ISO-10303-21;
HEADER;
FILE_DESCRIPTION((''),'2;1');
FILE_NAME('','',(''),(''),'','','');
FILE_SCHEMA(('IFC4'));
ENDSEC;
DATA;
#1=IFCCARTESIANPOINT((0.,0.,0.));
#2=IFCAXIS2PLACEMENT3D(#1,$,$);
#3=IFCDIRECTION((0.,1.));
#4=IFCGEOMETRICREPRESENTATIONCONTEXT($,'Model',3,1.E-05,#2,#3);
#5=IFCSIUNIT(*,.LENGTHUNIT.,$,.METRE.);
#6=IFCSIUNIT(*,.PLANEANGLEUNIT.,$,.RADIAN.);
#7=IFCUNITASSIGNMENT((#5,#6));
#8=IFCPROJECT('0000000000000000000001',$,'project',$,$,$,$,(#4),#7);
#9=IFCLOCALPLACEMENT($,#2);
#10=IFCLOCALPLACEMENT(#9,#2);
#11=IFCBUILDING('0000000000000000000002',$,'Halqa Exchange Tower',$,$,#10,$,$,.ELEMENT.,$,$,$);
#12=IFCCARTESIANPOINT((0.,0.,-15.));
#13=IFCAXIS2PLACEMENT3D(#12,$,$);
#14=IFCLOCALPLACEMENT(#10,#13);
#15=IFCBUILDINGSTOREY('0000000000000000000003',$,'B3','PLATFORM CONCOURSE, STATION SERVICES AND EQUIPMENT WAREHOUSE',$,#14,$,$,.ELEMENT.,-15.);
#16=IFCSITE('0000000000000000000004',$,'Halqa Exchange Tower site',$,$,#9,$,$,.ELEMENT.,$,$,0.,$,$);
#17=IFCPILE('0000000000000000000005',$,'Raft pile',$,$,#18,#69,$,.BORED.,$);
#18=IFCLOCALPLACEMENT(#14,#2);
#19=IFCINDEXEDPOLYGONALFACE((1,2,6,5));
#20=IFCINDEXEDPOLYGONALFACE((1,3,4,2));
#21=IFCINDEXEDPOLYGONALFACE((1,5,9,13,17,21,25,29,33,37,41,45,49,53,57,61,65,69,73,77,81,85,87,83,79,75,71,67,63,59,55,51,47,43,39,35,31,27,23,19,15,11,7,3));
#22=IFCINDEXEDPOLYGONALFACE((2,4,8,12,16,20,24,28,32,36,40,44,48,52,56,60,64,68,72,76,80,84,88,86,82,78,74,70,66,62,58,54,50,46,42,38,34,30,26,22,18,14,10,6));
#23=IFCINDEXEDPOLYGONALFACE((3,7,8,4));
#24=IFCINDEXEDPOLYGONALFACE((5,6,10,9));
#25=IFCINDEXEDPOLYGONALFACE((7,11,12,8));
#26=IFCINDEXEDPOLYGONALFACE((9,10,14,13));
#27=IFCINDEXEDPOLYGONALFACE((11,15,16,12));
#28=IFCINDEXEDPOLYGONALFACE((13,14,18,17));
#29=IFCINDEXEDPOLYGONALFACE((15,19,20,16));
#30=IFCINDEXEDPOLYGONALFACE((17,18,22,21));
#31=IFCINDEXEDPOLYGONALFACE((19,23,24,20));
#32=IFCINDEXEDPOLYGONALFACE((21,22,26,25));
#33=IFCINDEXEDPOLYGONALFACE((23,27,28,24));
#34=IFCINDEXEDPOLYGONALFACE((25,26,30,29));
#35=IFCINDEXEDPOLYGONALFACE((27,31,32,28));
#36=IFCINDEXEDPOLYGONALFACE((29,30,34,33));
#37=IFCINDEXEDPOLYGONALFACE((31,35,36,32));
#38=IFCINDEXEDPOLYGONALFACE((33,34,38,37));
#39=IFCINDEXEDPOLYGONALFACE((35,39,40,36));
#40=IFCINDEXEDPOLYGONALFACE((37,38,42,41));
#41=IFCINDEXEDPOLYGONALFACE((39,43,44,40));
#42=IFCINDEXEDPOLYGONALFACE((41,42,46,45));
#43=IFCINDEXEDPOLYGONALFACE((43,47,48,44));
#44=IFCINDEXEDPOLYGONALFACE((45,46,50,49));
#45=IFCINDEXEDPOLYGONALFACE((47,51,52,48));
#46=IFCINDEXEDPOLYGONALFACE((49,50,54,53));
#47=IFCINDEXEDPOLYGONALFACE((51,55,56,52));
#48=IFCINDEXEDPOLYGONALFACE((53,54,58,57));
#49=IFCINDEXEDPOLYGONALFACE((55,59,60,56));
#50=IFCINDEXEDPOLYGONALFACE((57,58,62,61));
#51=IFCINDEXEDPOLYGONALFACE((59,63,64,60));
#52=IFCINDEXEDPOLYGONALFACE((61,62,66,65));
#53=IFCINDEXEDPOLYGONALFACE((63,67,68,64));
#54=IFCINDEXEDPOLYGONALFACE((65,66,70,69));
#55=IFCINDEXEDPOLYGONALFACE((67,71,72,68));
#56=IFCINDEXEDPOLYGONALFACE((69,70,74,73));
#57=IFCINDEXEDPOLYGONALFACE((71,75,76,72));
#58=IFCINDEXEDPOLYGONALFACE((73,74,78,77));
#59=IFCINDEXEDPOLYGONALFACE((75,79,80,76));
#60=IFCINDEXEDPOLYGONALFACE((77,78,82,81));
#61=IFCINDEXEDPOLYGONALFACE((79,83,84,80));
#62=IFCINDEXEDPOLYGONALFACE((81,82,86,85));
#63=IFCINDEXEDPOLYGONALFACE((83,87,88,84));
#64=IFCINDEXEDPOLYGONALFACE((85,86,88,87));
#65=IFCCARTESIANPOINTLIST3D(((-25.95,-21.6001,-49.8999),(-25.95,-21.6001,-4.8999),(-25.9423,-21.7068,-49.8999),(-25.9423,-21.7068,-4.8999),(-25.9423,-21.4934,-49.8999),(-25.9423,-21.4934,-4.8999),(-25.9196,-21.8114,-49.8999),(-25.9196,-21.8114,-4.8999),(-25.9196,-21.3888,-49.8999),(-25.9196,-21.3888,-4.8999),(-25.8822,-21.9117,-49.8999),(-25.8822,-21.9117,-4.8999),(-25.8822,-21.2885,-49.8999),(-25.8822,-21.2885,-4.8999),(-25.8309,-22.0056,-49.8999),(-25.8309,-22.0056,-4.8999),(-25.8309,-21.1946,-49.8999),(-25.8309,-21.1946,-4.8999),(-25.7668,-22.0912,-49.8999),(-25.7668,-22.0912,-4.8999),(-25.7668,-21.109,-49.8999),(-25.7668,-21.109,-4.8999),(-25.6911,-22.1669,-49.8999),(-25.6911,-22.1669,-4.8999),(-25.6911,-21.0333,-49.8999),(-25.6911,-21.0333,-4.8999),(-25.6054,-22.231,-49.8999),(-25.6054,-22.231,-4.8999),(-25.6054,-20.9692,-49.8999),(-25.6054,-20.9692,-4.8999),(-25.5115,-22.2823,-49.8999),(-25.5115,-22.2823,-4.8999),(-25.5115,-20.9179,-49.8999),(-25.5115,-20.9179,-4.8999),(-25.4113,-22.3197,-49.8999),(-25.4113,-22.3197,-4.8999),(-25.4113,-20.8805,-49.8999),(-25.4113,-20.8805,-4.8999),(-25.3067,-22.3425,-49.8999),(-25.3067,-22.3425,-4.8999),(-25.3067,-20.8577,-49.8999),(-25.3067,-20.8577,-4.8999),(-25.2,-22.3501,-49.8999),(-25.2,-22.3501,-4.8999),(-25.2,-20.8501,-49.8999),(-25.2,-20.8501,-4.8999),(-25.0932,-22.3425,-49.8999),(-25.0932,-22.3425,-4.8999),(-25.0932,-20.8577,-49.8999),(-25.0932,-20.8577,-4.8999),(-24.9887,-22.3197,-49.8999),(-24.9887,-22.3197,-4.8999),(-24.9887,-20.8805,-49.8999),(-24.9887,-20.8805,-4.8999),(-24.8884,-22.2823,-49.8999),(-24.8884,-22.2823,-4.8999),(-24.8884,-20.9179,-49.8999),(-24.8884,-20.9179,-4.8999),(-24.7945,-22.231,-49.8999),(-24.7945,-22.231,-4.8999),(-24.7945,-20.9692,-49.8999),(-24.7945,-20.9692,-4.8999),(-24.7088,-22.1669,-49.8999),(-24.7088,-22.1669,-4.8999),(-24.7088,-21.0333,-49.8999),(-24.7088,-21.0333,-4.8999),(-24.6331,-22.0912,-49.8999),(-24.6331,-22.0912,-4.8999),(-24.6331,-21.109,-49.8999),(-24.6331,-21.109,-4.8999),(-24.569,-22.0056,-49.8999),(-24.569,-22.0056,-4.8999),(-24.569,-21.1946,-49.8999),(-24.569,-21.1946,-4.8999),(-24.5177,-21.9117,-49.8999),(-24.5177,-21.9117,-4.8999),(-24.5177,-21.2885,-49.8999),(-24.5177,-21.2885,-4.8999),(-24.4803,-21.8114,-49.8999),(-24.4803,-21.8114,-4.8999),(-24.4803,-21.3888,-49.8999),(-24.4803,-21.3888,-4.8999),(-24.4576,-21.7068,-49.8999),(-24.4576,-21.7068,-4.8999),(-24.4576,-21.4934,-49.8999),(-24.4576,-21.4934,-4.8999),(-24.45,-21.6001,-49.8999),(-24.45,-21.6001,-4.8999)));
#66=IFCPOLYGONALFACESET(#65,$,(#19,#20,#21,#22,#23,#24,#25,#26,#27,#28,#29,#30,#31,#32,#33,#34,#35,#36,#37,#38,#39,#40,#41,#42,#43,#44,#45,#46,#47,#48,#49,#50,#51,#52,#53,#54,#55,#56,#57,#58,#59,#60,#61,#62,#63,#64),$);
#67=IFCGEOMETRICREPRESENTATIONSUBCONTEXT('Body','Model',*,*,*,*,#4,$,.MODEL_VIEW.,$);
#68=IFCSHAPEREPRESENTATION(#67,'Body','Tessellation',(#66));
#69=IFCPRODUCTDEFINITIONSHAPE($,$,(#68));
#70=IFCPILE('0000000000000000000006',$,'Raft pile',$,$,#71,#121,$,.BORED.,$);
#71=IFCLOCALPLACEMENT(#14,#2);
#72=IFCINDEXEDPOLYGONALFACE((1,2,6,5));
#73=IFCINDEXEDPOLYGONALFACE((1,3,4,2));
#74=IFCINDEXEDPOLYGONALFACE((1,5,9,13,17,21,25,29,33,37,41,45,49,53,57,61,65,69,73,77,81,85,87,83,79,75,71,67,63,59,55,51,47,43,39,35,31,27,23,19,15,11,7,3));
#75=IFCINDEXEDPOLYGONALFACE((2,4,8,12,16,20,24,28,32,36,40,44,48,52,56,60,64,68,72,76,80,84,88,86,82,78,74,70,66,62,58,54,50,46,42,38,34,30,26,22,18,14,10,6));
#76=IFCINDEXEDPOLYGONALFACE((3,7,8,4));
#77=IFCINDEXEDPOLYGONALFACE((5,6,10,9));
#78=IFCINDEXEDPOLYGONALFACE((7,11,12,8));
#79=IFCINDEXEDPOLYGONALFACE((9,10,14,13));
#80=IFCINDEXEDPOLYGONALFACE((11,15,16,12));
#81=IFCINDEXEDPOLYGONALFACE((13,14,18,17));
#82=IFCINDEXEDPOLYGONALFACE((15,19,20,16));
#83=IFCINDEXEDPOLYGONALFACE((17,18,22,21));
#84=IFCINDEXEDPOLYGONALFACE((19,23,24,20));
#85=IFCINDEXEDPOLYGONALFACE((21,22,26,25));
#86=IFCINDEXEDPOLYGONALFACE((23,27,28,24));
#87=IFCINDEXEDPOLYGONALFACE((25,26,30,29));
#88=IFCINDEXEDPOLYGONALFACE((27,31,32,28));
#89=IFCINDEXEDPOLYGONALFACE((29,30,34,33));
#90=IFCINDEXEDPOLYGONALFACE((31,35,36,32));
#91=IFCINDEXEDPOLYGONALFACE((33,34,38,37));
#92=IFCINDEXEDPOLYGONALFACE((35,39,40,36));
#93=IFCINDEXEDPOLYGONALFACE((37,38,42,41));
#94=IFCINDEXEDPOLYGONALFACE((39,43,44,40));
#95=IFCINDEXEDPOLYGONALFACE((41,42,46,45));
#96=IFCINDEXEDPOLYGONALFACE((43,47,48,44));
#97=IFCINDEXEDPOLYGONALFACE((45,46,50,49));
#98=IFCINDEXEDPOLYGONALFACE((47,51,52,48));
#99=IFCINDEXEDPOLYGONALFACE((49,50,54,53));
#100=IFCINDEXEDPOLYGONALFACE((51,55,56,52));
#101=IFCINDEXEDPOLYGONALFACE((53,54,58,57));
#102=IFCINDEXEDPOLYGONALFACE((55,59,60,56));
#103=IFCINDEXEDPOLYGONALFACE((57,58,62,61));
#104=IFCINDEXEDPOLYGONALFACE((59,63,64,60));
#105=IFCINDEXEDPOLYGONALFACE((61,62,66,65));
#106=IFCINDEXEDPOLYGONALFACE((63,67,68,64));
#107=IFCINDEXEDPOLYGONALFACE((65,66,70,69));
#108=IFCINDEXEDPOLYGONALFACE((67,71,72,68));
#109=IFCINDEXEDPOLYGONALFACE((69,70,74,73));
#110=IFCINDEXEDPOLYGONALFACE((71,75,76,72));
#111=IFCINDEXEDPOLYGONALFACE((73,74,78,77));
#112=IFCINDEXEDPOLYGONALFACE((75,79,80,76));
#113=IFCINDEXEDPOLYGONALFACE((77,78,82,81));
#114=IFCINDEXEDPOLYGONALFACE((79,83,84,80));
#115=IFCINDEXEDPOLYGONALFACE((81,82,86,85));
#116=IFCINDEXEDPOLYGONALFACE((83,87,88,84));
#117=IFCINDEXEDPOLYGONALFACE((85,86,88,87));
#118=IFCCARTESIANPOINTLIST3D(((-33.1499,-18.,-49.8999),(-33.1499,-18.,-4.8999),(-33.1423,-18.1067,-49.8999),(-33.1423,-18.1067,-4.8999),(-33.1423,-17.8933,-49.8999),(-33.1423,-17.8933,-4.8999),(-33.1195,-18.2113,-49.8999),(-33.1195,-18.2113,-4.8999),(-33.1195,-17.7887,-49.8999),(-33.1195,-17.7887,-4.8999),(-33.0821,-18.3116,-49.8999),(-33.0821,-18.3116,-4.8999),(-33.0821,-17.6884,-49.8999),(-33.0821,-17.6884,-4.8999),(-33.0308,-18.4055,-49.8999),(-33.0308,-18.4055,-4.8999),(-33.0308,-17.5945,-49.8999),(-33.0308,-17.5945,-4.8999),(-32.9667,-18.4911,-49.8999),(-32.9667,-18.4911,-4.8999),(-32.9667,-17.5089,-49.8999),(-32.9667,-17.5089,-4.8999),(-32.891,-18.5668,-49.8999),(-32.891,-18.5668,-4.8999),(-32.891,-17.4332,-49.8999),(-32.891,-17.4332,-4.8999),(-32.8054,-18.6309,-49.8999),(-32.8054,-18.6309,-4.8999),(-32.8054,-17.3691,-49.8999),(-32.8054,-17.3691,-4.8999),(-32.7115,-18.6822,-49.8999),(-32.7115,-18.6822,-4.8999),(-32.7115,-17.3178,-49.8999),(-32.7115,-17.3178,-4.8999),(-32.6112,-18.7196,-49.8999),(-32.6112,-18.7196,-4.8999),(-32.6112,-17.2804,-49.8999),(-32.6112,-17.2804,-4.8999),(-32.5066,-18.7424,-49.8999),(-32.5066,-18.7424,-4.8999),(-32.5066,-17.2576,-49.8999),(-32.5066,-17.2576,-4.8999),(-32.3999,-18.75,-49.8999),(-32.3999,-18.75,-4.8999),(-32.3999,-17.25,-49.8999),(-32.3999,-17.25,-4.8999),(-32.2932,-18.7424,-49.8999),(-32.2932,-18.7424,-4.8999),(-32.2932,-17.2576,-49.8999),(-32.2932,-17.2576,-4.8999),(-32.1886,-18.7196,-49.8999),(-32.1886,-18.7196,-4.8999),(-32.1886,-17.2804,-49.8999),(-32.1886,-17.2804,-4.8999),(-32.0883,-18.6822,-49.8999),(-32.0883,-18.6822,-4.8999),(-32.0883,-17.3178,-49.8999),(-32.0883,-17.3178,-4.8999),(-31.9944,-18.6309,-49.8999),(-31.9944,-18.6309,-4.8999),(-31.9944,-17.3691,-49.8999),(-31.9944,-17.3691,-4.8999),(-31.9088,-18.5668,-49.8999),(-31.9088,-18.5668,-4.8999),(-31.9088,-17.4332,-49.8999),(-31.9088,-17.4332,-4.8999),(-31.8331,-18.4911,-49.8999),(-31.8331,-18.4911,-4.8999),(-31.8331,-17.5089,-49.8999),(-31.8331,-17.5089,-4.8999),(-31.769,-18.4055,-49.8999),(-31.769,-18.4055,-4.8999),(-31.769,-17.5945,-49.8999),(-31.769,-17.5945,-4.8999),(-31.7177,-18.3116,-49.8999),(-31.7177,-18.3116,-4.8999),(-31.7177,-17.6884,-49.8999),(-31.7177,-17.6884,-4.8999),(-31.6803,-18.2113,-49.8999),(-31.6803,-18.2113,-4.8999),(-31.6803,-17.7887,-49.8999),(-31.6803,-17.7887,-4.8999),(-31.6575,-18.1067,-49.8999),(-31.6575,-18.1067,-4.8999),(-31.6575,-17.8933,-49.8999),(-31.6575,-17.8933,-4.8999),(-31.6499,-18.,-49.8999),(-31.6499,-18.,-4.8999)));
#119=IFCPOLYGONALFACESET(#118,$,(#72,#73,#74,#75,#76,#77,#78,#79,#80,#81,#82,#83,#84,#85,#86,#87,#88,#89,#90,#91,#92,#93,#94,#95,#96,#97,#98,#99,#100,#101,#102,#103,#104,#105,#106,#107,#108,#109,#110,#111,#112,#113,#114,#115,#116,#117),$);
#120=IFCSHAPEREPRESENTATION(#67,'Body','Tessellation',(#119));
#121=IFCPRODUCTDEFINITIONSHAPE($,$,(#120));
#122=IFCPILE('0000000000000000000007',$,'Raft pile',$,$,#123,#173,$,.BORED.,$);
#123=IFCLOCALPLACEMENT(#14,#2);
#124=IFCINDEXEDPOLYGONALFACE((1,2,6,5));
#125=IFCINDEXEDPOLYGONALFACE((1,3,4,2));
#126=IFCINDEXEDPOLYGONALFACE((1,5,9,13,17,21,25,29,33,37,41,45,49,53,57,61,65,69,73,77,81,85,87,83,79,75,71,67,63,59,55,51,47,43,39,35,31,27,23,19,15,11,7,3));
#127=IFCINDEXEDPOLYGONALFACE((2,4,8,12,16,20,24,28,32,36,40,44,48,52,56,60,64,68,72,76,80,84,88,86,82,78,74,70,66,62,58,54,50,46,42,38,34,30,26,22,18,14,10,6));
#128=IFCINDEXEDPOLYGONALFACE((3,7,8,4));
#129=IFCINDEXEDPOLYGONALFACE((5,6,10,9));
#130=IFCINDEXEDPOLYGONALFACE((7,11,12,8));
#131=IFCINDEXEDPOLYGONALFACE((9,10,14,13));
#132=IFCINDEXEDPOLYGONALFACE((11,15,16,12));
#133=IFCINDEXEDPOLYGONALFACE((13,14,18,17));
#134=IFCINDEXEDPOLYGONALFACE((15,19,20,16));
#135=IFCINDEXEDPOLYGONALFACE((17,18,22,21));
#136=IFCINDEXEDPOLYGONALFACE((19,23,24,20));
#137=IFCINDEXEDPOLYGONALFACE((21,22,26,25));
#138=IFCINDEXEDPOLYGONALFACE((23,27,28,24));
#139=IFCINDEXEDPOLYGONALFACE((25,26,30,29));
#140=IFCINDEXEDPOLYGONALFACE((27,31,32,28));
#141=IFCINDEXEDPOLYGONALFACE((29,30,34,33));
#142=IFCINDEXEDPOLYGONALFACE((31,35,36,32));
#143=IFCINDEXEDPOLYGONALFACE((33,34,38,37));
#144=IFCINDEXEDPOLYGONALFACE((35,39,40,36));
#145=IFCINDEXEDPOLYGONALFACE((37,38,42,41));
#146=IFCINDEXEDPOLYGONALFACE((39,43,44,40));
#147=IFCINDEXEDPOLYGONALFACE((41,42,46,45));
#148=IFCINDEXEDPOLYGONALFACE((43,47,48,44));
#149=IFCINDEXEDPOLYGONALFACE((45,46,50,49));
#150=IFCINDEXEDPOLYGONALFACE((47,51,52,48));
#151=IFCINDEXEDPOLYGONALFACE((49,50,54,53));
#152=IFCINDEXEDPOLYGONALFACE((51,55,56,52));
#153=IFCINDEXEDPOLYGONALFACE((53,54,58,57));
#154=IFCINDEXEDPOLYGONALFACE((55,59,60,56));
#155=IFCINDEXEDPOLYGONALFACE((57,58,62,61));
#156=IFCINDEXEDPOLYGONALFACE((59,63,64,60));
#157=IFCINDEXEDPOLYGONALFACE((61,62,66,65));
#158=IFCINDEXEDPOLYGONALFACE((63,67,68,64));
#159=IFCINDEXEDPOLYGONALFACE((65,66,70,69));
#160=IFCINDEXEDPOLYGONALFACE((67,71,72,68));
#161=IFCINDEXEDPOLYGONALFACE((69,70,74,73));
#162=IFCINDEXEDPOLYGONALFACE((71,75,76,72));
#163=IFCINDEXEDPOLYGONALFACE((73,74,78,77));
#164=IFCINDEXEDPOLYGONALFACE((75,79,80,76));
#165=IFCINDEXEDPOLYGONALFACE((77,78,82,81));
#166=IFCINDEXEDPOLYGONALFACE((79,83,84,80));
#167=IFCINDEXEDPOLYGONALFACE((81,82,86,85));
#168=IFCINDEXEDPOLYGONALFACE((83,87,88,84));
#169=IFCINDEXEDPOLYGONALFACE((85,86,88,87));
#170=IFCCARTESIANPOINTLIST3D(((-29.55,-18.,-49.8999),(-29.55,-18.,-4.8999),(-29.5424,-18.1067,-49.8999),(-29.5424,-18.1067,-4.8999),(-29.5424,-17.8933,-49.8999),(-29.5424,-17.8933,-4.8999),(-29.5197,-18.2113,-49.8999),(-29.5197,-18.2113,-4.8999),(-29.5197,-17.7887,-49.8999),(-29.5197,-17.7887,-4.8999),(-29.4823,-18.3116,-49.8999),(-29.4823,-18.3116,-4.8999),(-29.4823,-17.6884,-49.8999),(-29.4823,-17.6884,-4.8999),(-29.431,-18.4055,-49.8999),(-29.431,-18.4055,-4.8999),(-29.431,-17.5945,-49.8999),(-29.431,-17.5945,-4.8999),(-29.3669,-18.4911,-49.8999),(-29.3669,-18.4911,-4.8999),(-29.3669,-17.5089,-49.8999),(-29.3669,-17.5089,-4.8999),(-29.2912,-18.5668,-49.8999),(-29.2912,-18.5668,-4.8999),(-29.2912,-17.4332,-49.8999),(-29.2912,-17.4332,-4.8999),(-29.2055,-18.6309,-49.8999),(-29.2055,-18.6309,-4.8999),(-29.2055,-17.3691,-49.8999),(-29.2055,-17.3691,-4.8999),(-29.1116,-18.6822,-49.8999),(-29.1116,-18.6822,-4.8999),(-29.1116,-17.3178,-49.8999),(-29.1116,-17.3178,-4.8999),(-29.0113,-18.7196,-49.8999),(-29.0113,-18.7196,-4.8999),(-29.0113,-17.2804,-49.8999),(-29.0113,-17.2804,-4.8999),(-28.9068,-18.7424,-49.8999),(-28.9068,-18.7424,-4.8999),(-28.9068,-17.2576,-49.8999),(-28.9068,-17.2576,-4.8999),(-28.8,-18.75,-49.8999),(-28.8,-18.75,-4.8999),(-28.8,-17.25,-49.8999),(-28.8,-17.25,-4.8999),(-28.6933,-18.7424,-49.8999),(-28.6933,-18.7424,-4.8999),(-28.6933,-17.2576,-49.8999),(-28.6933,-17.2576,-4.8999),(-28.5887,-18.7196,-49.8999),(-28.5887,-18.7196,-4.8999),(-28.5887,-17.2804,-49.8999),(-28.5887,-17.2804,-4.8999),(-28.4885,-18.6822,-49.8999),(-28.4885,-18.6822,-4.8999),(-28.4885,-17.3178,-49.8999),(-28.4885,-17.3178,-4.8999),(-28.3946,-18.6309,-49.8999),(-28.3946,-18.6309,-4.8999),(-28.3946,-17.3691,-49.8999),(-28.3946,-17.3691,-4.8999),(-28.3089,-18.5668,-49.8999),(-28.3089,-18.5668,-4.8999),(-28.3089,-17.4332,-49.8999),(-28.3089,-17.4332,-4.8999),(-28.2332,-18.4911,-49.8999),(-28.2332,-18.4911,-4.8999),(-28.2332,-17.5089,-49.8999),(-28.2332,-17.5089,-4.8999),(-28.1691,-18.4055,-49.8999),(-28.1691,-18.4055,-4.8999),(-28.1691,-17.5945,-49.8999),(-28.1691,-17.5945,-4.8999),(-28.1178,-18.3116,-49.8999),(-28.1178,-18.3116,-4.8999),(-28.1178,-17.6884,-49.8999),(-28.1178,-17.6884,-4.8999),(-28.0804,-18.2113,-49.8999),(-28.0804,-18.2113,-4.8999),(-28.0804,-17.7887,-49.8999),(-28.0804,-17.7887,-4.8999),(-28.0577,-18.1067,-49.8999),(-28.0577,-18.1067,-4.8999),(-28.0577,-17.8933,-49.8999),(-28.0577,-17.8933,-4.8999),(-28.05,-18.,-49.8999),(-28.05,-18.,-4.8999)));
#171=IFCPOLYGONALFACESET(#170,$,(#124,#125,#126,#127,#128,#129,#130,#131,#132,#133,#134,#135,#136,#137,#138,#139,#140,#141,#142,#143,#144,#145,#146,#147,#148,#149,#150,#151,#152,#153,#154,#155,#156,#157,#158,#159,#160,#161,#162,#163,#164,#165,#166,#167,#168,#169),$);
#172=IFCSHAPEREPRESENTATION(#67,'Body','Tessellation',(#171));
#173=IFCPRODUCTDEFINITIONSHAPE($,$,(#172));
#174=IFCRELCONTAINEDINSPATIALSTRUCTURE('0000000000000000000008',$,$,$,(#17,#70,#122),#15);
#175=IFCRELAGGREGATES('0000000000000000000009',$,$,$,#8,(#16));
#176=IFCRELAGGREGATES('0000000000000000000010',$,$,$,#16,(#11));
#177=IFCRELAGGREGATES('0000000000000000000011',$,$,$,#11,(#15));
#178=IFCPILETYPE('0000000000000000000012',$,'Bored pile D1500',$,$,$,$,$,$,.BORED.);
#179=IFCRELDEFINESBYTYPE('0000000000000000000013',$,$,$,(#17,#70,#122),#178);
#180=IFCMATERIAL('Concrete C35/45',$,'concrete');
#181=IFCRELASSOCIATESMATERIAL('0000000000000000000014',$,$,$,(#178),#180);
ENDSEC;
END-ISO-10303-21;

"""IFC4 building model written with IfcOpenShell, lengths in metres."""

from ifc_helpers import new_model, si_unit, direction, frame, origin, origin_2d, place, context, subcontext, project, spatial, circle, extrude, material, material_profile, profile_set, type_object, element, save


model = new_model("IFC4")

# Units and contexts
model_context = context("Model", 3, precision=1e-05, world=origin(), true_north=direction((0.0, 1.0)))
body_context = subcontext(model_context, "Body", "Model", "MODEL_VIEW")
ifc_project = project(units=[si_unit("LENGTHUNIT", "METRE"), si_unit("PLANEANGLEUNIT", "RADIAN")], contexts=[model_context])

# Site, building, storey
site_placement = place(None, origin())
site = spatial("IfcSite", under=ifc_project, at=site_placement, Name="Halqa Exchange Tower site", CompositionType="ELEMENT", RefElevation=0.0)
building_placement = place(site_placement, origin())
building = spatial("IfcBuilding", under=site, at=building_placement, Name="Halqa Exchange Tower", CompositionType="ELEMENT")
storey_placement = place(building_placement, frame((0.0, 0.0, -15.0)))
storey = spatial("IfcBuildingStorey", under=building, at=storey_placement, Name="B3", Description="PLATFORM CONCOURSE, STATION SERVICES AND EQUIPMENT WAREHOUSE", CompositionType="ELEMENT", Elevation=-15.0)

# Piles
ifc_material_1 = material(Name="Concrete C35/45", Category="concrete")
ifc_material_profile_1 = material_profile(ifc_material_1, circle(Radius=0.75, at=origin_2d()), Name="D1500")
ifc_profile_set_1 = profile_set([ifc_material_profile_1], Name="Concrete C35/45")
pile_type_1 = type_object("IfcPileType", Name="Bored pile D1500", PredefinedType="BORED", material=ifc_profile_set_1)
for number, where, z_axis, x_axis, name in (
    (1, (-25.2, -21.6001, -4.8999), (0.0, 0.0, -1.0), (1.0, 0.0, 0.0), "Raft pile"),
    (2, (-32.3999, -18.0, -4.8999), (0.0, 0.0, -1.0), (1.0, 0.0, 0.0), "Raft pile"),
    (3, (-28.8, -18.0, -4.8999), (0.0, 0.0, -1.0), (1.0, 0.0, 0.0), "Raft pile"),
):
    element("IfcPile", number, at=place(storey_placement, frame(where, z_axis=z_axis, x_axis=x_axis)), inside=storey, type_object=pile_type_1, Name=name, PredefinedType="BORED", context=body_context, shape_type="SweptSolid", body=[
        extrude(circle(Radius=0.75, at=origin_2d()), origin(), (0.0, 0.0, 1.0), 45.0),
    ])

save(model, "model.ifc")
